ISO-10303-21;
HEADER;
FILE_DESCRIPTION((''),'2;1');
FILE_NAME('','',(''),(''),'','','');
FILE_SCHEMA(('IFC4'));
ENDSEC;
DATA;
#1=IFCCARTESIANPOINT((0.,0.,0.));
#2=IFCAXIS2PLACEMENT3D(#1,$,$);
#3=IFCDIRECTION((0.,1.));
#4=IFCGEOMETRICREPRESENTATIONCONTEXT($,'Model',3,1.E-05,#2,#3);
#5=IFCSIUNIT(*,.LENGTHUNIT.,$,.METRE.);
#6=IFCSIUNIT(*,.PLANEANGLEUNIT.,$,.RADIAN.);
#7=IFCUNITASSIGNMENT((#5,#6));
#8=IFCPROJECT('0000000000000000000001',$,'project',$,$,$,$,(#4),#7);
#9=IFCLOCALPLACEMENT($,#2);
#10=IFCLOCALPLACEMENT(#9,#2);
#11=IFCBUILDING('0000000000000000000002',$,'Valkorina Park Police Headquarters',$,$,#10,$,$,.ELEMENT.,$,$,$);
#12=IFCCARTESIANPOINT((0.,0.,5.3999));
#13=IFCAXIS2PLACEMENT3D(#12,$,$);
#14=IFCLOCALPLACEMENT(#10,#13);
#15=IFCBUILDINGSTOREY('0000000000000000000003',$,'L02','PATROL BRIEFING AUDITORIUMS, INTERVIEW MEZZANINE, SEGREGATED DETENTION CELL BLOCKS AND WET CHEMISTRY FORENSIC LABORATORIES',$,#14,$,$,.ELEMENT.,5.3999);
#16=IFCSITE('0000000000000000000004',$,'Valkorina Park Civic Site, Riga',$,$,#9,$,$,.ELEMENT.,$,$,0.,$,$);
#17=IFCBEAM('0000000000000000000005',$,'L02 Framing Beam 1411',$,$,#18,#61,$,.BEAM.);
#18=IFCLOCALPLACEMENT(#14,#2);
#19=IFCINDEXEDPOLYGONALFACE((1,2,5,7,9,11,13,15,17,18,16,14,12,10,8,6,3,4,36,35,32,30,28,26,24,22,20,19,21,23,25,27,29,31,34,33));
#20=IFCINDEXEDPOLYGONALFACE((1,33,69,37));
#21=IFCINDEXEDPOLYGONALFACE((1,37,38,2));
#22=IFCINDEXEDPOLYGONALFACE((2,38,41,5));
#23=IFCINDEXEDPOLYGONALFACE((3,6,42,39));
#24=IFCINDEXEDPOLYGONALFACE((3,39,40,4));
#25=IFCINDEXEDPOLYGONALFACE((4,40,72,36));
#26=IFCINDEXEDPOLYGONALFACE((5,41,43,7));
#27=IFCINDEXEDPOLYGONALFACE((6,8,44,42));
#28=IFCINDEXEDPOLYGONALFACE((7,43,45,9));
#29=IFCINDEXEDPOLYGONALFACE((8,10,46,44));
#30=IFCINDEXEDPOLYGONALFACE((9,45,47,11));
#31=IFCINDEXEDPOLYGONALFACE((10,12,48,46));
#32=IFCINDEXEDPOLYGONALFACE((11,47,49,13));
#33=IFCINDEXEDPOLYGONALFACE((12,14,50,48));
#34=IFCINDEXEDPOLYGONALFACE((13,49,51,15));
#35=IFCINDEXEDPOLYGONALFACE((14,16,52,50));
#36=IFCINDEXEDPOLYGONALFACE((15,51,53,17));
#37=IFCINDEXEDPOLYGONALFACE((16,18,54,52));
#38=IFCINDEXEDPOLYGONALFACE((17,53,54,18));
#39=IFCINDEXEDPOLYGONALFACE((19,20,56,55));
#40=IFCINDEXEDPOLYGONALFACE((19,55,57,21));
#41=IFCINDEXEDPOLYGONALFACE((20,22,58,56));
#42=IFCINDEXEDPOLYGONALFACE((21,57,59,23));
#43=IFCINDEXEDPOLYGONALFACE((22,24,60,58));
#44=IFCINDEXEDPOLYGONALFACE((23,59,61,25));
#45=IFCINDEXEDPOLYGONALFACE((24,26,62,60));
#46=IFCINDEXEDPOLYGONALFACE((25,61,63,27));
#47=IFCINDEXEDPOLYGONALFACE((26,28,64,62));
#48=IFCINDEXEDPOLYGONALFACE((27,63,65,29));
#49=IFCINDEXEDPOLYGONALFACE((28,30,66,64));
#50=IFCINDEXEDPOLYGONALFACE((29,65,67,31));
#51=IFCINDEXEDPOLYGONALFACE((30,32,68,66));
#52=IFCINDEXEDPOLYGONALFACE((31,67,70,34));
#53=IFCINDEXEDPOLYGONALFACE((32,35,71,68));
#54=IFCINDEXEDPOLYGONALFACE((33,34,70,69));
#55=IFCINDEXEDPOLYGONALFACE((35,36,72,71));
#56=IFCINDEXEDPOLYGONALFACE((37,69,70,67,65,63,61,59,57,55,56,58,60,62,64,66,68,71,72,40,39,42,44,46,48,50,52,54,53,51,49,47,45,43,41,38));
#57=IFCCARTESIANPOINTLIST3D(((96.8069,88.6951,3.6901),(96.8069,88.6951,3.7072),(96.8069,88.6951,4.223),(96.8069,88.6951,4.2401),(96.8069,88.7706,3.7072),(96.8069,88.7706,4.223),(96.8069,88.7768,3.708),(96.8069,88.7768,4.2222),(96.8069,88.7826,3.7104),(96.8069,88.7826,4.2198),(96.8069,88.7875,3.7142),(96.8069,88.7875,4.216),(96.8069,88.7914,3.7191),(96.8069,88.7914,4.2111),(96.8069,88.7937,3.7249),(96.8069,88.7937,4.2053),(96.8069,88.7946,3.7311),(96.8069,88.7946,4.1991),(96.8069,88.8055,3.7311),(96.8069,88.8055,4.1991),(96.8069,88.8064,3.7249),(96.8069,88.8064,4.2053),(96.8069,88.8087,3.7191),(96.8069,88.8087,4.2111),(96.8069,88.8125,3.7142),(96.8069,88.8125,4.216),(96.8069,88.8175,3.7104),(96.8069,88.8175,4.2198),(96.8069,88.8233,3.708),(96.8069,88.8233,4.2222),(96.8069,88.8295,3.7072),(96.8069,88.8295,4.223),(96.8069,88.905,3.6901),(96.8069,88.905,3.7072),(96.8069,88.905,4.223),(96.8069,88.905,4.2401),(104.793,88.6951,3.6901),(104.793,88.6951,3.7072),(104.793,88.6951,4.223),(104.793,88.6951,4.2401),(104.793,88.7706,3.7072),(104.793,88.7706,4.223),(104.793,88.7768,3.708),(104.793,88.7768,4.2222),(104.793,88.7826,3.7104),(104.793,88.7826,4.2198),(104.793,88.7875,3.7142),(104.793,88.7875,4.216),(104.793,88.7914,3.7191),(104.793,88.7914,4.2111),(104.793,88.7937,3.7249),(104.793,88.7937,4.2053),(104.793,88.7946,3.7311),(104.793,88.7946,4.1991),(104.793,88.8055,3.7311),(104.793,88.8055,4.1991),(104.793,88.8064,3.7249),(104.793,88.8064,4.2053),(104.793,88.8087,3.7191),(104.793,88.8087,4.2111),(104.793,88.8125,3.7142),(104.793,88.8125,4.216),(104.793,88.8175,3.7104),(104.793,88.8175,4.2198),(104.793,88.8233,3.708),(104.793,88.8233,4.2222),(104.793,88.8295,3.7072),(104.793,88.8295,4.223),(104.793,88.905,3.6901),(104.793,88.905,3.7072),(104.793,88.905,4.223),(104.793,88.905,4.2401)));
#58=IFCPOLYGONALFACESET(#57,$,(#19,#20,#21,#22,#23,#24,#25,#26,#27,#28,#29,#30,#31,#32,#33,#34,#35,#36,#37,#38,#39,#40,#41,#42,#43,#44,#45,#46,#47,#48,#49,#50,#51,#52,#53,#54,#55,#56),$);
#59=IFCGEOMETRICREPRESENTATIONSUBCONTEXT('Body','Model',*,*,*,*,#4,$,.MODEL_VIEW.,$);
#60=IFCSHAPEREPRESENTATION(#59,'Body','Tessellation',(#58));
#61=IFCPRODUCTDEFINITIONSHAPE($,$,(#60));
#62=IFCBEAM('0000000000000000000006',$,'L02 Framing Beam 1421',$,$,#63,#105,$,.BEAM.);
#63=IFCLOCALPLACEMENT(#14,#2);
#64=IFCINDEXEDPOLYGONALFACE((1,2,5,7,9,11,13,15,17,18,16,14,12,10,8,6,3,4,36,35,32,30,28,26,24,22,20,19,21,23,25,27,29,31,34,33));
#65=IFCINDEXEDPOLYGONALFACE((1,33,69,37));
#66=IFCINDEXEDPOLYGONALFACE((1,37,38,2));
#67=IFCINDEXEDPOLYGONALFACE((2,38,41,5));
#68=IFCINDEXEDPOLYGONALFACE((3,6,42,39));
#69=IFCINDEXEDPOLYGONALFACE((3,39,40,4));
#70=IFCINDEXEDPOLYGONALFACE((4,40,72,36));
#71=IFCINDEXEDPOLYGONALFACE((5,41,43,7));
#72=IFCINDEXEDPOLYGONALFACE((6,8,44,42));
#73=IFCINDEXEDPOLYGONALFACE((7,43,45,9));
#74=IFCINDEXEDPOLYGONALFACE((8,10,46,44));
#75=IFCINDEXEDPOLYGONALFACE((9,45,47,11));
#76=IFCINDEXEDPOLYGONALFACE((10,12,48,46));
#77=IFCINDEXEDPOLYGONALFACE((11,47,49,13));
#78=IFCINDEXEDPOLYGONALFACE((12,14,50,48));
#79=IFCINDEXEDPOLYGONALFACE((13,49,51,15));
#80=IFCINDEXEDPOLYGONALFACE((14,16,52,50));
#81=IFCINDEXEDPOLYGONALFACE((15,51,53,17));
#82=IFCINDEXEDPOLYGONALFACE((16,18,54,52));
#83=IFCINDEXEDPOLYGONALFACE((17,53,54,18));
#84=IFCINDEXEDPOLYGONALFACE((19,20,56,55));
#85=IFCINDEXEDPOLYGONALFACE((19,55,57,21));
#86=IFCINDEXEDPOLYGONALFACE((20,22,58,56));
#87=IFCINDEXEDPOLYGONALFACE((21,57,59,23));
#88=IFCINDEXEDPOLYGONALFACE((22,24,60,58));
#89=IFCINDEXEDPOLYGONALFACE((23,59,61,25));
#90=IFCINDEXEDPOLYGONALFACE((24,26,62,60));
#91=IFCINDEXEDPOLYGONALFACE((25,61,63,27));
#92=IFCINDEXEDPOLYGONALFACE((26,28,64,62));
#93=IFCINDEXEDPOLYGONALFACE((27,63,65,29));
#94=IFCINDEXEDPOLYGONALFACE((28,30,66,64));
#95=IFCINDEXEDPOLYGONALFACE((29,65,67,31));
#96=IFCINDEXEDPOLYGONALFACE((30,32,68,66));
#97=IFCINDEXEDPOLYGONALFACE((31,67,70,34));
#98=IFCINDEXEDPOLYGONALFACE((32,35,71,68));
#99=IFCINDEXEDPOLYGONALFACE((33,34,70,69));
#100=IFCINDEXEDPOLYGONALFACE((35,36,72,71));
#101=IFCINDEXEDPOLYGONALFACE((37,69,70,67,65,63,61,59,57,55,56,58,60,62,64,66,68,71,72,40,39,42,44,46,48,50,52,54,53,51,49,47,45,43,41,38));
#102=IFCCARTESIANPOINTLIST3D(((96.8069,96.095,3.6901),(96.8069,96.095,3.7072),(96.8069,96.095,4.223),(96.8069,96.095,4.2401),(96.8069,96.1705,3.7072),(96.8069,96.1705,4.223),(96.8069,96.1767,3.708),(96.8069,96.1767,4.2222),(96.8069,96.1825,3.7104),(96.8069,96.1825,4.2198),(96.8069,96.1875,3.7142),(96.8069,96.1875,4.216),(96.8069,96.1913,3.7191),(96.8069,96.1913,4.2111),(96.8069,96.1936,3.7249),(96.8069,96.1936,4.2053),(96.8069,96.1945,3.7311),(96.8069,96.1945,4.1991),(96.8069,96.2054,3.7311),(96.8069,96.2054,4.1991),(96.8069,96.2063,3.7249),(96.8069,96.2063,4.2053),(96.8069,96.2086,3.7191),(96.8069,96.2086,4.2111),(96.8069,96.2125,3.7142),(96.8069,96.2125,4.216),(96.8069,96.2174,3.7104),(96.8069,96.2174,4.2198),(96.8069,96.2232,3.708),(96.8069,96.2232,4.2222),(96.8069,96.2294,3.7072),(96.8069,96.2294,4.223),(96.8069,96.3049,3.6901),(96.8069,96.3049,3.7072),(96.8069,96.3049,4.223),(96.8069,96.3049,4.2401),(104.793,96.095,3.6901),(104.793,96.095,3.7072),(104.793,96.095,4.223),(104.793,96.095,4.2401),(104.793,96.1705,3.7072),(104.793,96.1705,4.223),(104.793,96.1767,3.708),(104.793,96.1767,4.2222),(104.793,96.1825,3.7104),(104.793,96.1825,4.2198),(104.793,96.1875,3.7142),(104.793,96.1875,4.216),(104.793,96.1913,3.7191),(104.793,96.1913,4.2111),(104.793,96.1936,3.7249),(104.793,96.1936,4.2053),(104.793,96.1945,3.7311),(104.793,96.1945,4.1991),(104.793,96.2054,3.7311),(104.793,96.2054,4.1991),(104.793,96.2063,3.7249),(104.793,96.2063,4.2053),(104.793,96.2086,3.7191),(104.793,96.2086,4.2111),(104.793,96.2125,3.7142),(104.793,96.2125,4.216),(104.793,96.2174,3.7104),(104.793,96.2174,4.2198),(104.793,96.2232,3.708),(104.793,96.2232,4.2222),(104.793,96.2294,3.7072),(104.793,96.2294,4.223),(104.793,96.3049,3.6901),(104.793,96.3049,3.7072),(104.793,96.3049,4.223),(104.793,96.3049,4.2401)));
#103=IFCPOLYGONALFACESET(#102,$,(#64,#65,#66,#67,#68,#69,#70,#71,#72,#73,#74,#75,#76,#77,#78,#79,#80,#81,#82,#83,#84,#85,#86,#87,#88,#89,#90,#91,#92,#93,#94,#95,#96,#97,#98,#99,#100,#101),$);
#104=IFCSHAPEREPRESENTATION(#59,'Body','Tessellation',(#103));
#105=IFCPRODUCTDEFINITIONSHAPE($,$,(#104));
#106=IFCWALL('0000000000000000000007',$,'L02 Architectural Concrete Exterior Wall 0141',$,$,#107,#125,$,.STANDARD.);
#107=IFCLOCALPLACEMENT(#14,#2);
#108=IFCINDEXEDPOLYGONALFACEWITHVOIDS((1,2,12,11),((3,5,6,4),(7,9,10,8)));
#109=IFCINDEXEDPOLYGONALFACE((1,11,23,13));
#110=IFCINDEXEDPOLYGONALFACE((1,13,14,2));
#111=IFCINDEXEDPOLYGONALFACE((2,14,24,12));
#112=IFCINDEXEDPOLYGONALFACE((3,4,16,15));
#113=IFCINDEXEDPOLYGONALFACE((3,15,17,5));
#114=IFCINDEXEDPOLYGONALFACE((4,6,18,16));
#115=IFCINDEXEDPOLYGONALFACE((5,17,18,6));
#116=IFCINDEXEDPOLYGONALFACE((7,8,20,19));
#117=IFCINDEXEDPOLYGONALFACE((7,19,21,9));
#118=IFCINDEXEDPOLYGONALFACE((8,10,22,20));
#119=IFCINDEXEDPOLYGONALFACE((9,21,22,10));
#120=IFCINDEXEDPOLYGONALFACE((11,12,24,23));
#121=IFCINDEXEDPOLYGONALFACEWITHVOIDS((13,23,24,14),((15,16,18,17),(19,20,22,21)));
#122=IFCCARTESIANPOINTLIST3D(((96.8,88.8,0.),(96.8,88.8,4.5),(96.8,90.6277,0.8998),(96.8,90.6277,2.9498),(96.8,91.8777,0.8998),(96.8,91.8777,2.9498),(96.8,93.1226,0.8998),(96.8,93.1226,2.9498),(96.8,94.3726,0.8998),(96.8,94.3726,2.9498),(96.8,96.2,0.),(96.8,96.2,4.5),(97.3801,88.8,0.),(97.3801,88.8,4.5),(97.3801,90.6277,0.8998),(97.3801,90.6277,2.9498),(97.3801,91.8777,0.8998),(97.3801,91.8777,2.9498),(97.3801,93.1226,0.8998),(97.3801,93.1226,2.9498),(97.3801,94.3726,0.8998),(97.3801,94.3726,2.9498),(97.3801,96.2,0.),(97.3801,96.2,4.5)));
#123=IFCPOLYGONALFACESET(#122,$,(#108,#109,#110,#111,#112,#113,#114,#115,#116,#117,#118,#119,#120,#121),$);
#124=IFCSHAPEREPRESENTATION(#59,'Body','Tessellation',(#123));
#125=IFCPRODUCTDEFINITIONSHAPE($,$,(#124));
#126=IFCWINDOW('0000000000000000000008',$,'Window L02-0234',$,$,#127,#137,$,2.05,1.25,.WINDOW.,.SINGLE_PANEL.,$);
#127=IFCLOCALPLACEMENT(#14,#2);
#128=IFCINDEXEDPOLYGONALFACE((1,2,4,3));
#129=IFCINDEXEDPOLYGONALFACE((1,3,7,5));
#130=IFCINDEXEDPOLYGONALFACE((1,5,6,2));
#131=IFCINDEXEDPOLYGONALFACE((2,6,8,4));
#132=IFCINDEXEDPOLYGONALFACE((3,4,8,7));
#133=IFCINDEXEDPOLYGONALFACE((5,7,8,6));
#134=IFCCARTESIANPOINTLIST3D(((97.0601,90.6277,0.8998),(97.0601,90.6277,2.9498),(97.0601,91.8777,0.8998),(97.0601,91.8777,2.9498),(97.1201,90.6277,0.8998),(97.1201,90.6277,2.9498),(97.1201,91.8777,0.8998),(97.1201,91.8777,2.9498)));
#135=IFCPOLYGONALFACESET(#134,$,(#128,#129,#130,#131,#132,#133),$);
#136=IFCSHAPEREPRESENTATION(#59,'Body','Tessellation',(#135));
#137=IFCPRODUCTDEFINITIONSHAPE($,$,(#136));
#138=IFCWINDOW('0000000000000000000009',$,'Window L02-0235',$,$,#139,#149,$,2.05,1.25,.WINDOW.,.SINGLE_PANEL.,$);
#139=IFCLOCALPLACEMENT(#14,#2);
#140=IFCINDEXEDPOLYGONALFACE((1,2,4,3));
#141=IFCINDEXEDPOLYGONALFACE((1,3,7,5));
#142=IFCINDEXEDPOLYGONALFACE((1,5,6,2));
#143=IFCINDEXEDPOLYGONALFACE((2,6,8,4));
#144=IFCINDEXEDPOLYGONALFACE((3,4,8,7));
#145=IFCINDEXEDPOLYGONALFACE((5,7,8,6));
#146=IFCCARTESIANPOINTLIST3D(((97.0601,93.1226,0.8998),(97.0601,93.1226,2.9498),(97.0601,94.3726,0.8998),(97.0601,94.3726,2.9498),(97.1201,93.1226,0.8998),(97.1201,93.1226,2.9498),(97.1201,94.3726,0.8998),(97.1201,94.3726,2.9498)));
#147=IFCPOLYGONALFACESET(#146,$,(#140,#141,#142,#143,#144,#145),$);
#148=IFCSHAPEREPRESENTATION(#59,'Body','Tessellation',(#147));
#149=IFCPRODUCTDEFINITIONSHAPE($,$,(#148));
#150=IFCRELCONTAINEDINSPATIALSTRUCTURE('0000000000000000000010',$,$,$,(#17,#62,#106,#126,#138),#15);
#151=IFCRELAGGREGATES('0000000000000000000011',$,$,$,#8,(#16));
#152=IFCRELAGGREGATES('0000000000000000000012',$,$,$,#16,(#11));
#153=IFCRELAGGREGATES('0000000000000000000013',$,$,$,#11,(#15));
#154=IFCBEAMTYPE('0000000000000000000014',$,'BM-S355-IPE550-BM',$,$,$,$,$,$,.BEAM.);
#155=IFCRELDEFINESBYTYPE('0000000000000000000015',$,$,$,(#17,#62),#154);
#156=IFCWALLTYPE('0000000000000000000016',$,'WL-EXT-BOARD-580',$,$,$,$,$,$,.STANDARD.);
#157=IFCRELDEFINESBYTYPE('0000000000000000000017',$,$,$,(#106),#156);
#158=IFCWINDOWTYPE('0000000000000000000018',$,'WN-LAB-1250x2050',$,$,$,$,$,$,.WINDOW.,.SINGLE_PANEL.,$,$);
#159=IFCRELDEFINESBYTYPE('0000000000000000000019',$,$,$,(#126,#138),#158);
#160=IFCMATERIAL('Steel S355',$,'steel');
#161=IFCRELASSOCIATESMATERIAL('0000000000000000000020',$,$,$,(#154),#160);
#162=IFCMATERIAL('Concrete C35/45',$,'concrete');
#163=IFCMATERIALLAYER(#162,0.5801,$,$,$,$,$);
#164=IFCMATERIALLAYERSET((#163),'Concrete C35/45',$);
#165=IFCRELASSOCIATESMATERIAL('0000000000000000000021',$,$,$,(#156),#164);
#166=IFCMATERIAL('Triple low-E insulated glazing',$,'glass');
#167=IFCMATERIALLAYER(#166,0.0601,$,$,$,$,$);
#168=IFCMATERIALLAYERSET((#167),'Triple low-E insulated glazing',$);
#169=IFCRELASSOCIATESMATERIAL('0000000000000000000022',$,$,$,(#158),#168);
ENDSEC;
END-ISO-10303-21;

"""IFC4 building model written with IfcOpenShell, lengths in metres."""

from ifc_helpers import new_model, si_unit, direction, frame, frame_2d, origin, origin_2d, place, context, subcontext, project, spatial, rectangle, i_section, extrude, material, layer, layer_set, material_profile, profile_set, type_object, element, fill, save


model = new_model("IFC4")

# Units and contexts
model_context = context("Model", 3, precision=1e-05, world=origin(), true_north=direction((0.0, 1.0)))
body_context = subcontext(model_context, "Body", "Model", "MODEL_VIEW")
ifc_project = project(units=[si_unit("LENGTHUNIT", "METRE"), si_unit("PLANEANGLEUNIT", "RADIAN")], contexts=[model_context])

# Site, building, storey
site_placement = place(None, origin())
site = spatial("IfcSite", under=ifc_project, at=site_placement, Name="Valkorina Park Civic Site, Riga", CompositionType="ELEMENT", RefElevation=0.0)
building_placement = place(site_placement, origin())
building = spatial("IfcBuilding", under=site, at=building_placement, Name="Valkorina Park Police Headquarters", CompositionType="ELEMENT")
storey_placement = place(building_placement, frame((0.0, 0.0, 5.3999)))
storey = spatial("IfcBuildingStorey", under=building, at=storey_placement, Name="L02", Description="PATROL BRIEFING AUDITORIUMS, INTERVIEW MEZZANINE, SEGREGATED DETENTION CELL BLOCKS AND WET CHEMISTRY FORENSIC LABORATORIES", CompositionType="ELEMENT", Elevation=5.3999)

# Shared definitions
ifc_material_1 = material(Name="Steel S355", Category="steel")

# Beams
ifc_material_profile_1 = material_profile(ifc_material_1, i_section(OverallWidth=0.21, OverallDepth=0.55, WebThickness=0.011, FlangeThickness=0.0171, FilletRadius=0.0239, at=origin_2d()), Name="IPE 550")
ifc_profile_set_1 = profile_set([ifc_material_profile_1], Name="Steel S355")
beam_type_1 = type_object("IfcBeamType", Name="BM-S355-IPE550-BM", PredefinedType="BEAM", material=ifc_profile_set_1)
for number, where, z_axis, x_axis, name in (
    (1, (96.8069, 88.8, 3.9651), (1.0, 0.0, 0.0), (0.0, 1.0, 0.0), "L02 Framing Beam 1411"),
    (2, (96.8069, 96.2, 3.9651), (1.0, 0.0, 0.0), (0.0, 1.0, 0.0), "L02 Framing Beam 1421"),
):
    element("IfcBeam", number, at=place(storey_placement, frame(where, z_axis=z_axis, x_axis=x_axis)), inside=storey, type_object=beam_type_1, Name=name, PredefinedType="BEAM", context=body_context, shape_type="SweptSolid", body=[
        extrude(i_section(OverallWidth=0.21, OverallDepth=0.55, WebThickness=0.011, FlangeThickness=0.0171, FilletRadius=0.0239, at=origin_2d()), origin(), (0.0, 0.0, 1.0), 7.9861),
    ])

# Wall, openings, windows
ifc_material_2 = material(Name="Concrete C35/45", Category="concrete")
ifc_layer_1 = layer(ifc_material_2, 0.5801)
ifc_layer_set_1 = layer_set([ifc_layer_1], Name="Concrete C35/45")
wall_type = type_object("IfcWallType", Name="WL-EXT-BOARD-580", PredefinedType="STANDARD", material=ifc_layer_set_1)
wall_1_placement = place(storey_placement, frame((97.0901, 88.8, 0.0), z_axis=(0.0, 0.0, 1.0), x_axis=(0.0, 1.0, 0.0)))
wall_1 = element("IfcWall", 3, at=wall_1_placement, inside=storey, type_object=wall_type, Name="L02 Architectural Concrete Exterior Wall 0141", PredefinedType="STANDARD", context=body_context, shape_type="SweptSolid", body=[
    extrude(rectangle(XDim=7.3999, YDim=0.5801, at=frame_2d((3.7, 0.0))), origin(), (0.0, 0.0, 1.0), 4.5),
])
opening_1_placement = place(wall_1_placement, frame((1.8276, 0.0, 0.8999)))
opening_1 = element("IfcOpeningElement", 4, at=opening_1_placement, cuts=wall_1, PredefinedType="OPENING", context=body_context, shape_type="SweptSolid", body=[
    extrude(rectangle(XDim=1.25, YDim=2.05, at=frame_2d((0.625, 1.0249))), frame((0.0, 0.3, 0.0), z_axis=(0.0, -1.0, 0.0), x_axis=(1.0, 0.0, 0.0)), (0.0, 0.0, 1.0), 0.6001),
])
opening_2_placement = place(wall_1_placement, frame((4.3225, 0.0, 0.8999)))
opening_2 = element("IfcOpeningElement", 5, at=opening_2_placement, cuts=wall_1, PredefinedType="OPENING", context=body_context, shape_type="SweptSolid", body=[
    extrude(rectangle(XDim=1.25, YDim=2.05, at=frame_2d((0.625, 1.0249))), frame((0.0, 0.3, 0.0), z_axis=(0.0, -1.0, 0.0), x_axis=(1.0, 0.0, 0.0)), (0.0, 0.0, 1.0), 0.6001),
])
ifc_material_3 = material(Name="Triple low-E insulated glazing", Category="glass")
ifc_layer_2 = layer(ifc_material_3, 0.0601)
ifc_layer_set_2 = layer_set([ifc_layer_2], Name="Triple low-E insulated glazing")
window_type_1 = type_object("IfcWindowType", Name="WN-LAB-1250x2050", PartitioningType="SINGLE_PANEL", PredefinedType="WINDOW", material=ifc_layer_set_2)
window_1_placement = place(opening_1_placement, origin())
window_1 = element("IfcWindow", 6, at=window_1_placement, inside=storey, type_object=window_type_1, Name="Window L02-0234", OverallHeight=2.05, OverallWidth=1.25, PartitioningType="SINGLE_PANEL", PredefinedType="WINDOW", context=body_context, shape_type="SweptSolid", body=[
    extrude(rectangle(XDim=1.25, YDim=2.05, at=frame_2d((0.625, 1.0249))), frame((0.0, 0.03, 0.0), z_axis=(0.0, -1.0, 0.0), x_axis=(1.0, 0.0, 0.0)), (0.0, 0.0, 1.0), 0.0601),
])
fill(opening_1, window_1)
window_2_placement = place(opening_2_placement, origin())
window_2 = element("IfcWindow", 7, at=window_2_placement, inside=storey, type_object=window_type_1, Name="Window L02-0235", OverallHeight=2.05, OverallWidth=1.25, PartitioningType="SINGLE_PANEL", PredefinedType="WINDOW", context=body_context, shape_type="SweptSolid", body=[
    extrude(rectangle(XDim=1.25, YDim=2.05, at=frame_2d((0.625, 1.0249))), frame((0.0, 0.03, 0.0), z_axis=(0.0, -1.0, 0.0), x_axis=(1.0, 0.0, 0.0)), (0.0, 0.0, 1.0), 0.0601),
])
fill(opening_2, window_2)

save(model, "model.ifc")
